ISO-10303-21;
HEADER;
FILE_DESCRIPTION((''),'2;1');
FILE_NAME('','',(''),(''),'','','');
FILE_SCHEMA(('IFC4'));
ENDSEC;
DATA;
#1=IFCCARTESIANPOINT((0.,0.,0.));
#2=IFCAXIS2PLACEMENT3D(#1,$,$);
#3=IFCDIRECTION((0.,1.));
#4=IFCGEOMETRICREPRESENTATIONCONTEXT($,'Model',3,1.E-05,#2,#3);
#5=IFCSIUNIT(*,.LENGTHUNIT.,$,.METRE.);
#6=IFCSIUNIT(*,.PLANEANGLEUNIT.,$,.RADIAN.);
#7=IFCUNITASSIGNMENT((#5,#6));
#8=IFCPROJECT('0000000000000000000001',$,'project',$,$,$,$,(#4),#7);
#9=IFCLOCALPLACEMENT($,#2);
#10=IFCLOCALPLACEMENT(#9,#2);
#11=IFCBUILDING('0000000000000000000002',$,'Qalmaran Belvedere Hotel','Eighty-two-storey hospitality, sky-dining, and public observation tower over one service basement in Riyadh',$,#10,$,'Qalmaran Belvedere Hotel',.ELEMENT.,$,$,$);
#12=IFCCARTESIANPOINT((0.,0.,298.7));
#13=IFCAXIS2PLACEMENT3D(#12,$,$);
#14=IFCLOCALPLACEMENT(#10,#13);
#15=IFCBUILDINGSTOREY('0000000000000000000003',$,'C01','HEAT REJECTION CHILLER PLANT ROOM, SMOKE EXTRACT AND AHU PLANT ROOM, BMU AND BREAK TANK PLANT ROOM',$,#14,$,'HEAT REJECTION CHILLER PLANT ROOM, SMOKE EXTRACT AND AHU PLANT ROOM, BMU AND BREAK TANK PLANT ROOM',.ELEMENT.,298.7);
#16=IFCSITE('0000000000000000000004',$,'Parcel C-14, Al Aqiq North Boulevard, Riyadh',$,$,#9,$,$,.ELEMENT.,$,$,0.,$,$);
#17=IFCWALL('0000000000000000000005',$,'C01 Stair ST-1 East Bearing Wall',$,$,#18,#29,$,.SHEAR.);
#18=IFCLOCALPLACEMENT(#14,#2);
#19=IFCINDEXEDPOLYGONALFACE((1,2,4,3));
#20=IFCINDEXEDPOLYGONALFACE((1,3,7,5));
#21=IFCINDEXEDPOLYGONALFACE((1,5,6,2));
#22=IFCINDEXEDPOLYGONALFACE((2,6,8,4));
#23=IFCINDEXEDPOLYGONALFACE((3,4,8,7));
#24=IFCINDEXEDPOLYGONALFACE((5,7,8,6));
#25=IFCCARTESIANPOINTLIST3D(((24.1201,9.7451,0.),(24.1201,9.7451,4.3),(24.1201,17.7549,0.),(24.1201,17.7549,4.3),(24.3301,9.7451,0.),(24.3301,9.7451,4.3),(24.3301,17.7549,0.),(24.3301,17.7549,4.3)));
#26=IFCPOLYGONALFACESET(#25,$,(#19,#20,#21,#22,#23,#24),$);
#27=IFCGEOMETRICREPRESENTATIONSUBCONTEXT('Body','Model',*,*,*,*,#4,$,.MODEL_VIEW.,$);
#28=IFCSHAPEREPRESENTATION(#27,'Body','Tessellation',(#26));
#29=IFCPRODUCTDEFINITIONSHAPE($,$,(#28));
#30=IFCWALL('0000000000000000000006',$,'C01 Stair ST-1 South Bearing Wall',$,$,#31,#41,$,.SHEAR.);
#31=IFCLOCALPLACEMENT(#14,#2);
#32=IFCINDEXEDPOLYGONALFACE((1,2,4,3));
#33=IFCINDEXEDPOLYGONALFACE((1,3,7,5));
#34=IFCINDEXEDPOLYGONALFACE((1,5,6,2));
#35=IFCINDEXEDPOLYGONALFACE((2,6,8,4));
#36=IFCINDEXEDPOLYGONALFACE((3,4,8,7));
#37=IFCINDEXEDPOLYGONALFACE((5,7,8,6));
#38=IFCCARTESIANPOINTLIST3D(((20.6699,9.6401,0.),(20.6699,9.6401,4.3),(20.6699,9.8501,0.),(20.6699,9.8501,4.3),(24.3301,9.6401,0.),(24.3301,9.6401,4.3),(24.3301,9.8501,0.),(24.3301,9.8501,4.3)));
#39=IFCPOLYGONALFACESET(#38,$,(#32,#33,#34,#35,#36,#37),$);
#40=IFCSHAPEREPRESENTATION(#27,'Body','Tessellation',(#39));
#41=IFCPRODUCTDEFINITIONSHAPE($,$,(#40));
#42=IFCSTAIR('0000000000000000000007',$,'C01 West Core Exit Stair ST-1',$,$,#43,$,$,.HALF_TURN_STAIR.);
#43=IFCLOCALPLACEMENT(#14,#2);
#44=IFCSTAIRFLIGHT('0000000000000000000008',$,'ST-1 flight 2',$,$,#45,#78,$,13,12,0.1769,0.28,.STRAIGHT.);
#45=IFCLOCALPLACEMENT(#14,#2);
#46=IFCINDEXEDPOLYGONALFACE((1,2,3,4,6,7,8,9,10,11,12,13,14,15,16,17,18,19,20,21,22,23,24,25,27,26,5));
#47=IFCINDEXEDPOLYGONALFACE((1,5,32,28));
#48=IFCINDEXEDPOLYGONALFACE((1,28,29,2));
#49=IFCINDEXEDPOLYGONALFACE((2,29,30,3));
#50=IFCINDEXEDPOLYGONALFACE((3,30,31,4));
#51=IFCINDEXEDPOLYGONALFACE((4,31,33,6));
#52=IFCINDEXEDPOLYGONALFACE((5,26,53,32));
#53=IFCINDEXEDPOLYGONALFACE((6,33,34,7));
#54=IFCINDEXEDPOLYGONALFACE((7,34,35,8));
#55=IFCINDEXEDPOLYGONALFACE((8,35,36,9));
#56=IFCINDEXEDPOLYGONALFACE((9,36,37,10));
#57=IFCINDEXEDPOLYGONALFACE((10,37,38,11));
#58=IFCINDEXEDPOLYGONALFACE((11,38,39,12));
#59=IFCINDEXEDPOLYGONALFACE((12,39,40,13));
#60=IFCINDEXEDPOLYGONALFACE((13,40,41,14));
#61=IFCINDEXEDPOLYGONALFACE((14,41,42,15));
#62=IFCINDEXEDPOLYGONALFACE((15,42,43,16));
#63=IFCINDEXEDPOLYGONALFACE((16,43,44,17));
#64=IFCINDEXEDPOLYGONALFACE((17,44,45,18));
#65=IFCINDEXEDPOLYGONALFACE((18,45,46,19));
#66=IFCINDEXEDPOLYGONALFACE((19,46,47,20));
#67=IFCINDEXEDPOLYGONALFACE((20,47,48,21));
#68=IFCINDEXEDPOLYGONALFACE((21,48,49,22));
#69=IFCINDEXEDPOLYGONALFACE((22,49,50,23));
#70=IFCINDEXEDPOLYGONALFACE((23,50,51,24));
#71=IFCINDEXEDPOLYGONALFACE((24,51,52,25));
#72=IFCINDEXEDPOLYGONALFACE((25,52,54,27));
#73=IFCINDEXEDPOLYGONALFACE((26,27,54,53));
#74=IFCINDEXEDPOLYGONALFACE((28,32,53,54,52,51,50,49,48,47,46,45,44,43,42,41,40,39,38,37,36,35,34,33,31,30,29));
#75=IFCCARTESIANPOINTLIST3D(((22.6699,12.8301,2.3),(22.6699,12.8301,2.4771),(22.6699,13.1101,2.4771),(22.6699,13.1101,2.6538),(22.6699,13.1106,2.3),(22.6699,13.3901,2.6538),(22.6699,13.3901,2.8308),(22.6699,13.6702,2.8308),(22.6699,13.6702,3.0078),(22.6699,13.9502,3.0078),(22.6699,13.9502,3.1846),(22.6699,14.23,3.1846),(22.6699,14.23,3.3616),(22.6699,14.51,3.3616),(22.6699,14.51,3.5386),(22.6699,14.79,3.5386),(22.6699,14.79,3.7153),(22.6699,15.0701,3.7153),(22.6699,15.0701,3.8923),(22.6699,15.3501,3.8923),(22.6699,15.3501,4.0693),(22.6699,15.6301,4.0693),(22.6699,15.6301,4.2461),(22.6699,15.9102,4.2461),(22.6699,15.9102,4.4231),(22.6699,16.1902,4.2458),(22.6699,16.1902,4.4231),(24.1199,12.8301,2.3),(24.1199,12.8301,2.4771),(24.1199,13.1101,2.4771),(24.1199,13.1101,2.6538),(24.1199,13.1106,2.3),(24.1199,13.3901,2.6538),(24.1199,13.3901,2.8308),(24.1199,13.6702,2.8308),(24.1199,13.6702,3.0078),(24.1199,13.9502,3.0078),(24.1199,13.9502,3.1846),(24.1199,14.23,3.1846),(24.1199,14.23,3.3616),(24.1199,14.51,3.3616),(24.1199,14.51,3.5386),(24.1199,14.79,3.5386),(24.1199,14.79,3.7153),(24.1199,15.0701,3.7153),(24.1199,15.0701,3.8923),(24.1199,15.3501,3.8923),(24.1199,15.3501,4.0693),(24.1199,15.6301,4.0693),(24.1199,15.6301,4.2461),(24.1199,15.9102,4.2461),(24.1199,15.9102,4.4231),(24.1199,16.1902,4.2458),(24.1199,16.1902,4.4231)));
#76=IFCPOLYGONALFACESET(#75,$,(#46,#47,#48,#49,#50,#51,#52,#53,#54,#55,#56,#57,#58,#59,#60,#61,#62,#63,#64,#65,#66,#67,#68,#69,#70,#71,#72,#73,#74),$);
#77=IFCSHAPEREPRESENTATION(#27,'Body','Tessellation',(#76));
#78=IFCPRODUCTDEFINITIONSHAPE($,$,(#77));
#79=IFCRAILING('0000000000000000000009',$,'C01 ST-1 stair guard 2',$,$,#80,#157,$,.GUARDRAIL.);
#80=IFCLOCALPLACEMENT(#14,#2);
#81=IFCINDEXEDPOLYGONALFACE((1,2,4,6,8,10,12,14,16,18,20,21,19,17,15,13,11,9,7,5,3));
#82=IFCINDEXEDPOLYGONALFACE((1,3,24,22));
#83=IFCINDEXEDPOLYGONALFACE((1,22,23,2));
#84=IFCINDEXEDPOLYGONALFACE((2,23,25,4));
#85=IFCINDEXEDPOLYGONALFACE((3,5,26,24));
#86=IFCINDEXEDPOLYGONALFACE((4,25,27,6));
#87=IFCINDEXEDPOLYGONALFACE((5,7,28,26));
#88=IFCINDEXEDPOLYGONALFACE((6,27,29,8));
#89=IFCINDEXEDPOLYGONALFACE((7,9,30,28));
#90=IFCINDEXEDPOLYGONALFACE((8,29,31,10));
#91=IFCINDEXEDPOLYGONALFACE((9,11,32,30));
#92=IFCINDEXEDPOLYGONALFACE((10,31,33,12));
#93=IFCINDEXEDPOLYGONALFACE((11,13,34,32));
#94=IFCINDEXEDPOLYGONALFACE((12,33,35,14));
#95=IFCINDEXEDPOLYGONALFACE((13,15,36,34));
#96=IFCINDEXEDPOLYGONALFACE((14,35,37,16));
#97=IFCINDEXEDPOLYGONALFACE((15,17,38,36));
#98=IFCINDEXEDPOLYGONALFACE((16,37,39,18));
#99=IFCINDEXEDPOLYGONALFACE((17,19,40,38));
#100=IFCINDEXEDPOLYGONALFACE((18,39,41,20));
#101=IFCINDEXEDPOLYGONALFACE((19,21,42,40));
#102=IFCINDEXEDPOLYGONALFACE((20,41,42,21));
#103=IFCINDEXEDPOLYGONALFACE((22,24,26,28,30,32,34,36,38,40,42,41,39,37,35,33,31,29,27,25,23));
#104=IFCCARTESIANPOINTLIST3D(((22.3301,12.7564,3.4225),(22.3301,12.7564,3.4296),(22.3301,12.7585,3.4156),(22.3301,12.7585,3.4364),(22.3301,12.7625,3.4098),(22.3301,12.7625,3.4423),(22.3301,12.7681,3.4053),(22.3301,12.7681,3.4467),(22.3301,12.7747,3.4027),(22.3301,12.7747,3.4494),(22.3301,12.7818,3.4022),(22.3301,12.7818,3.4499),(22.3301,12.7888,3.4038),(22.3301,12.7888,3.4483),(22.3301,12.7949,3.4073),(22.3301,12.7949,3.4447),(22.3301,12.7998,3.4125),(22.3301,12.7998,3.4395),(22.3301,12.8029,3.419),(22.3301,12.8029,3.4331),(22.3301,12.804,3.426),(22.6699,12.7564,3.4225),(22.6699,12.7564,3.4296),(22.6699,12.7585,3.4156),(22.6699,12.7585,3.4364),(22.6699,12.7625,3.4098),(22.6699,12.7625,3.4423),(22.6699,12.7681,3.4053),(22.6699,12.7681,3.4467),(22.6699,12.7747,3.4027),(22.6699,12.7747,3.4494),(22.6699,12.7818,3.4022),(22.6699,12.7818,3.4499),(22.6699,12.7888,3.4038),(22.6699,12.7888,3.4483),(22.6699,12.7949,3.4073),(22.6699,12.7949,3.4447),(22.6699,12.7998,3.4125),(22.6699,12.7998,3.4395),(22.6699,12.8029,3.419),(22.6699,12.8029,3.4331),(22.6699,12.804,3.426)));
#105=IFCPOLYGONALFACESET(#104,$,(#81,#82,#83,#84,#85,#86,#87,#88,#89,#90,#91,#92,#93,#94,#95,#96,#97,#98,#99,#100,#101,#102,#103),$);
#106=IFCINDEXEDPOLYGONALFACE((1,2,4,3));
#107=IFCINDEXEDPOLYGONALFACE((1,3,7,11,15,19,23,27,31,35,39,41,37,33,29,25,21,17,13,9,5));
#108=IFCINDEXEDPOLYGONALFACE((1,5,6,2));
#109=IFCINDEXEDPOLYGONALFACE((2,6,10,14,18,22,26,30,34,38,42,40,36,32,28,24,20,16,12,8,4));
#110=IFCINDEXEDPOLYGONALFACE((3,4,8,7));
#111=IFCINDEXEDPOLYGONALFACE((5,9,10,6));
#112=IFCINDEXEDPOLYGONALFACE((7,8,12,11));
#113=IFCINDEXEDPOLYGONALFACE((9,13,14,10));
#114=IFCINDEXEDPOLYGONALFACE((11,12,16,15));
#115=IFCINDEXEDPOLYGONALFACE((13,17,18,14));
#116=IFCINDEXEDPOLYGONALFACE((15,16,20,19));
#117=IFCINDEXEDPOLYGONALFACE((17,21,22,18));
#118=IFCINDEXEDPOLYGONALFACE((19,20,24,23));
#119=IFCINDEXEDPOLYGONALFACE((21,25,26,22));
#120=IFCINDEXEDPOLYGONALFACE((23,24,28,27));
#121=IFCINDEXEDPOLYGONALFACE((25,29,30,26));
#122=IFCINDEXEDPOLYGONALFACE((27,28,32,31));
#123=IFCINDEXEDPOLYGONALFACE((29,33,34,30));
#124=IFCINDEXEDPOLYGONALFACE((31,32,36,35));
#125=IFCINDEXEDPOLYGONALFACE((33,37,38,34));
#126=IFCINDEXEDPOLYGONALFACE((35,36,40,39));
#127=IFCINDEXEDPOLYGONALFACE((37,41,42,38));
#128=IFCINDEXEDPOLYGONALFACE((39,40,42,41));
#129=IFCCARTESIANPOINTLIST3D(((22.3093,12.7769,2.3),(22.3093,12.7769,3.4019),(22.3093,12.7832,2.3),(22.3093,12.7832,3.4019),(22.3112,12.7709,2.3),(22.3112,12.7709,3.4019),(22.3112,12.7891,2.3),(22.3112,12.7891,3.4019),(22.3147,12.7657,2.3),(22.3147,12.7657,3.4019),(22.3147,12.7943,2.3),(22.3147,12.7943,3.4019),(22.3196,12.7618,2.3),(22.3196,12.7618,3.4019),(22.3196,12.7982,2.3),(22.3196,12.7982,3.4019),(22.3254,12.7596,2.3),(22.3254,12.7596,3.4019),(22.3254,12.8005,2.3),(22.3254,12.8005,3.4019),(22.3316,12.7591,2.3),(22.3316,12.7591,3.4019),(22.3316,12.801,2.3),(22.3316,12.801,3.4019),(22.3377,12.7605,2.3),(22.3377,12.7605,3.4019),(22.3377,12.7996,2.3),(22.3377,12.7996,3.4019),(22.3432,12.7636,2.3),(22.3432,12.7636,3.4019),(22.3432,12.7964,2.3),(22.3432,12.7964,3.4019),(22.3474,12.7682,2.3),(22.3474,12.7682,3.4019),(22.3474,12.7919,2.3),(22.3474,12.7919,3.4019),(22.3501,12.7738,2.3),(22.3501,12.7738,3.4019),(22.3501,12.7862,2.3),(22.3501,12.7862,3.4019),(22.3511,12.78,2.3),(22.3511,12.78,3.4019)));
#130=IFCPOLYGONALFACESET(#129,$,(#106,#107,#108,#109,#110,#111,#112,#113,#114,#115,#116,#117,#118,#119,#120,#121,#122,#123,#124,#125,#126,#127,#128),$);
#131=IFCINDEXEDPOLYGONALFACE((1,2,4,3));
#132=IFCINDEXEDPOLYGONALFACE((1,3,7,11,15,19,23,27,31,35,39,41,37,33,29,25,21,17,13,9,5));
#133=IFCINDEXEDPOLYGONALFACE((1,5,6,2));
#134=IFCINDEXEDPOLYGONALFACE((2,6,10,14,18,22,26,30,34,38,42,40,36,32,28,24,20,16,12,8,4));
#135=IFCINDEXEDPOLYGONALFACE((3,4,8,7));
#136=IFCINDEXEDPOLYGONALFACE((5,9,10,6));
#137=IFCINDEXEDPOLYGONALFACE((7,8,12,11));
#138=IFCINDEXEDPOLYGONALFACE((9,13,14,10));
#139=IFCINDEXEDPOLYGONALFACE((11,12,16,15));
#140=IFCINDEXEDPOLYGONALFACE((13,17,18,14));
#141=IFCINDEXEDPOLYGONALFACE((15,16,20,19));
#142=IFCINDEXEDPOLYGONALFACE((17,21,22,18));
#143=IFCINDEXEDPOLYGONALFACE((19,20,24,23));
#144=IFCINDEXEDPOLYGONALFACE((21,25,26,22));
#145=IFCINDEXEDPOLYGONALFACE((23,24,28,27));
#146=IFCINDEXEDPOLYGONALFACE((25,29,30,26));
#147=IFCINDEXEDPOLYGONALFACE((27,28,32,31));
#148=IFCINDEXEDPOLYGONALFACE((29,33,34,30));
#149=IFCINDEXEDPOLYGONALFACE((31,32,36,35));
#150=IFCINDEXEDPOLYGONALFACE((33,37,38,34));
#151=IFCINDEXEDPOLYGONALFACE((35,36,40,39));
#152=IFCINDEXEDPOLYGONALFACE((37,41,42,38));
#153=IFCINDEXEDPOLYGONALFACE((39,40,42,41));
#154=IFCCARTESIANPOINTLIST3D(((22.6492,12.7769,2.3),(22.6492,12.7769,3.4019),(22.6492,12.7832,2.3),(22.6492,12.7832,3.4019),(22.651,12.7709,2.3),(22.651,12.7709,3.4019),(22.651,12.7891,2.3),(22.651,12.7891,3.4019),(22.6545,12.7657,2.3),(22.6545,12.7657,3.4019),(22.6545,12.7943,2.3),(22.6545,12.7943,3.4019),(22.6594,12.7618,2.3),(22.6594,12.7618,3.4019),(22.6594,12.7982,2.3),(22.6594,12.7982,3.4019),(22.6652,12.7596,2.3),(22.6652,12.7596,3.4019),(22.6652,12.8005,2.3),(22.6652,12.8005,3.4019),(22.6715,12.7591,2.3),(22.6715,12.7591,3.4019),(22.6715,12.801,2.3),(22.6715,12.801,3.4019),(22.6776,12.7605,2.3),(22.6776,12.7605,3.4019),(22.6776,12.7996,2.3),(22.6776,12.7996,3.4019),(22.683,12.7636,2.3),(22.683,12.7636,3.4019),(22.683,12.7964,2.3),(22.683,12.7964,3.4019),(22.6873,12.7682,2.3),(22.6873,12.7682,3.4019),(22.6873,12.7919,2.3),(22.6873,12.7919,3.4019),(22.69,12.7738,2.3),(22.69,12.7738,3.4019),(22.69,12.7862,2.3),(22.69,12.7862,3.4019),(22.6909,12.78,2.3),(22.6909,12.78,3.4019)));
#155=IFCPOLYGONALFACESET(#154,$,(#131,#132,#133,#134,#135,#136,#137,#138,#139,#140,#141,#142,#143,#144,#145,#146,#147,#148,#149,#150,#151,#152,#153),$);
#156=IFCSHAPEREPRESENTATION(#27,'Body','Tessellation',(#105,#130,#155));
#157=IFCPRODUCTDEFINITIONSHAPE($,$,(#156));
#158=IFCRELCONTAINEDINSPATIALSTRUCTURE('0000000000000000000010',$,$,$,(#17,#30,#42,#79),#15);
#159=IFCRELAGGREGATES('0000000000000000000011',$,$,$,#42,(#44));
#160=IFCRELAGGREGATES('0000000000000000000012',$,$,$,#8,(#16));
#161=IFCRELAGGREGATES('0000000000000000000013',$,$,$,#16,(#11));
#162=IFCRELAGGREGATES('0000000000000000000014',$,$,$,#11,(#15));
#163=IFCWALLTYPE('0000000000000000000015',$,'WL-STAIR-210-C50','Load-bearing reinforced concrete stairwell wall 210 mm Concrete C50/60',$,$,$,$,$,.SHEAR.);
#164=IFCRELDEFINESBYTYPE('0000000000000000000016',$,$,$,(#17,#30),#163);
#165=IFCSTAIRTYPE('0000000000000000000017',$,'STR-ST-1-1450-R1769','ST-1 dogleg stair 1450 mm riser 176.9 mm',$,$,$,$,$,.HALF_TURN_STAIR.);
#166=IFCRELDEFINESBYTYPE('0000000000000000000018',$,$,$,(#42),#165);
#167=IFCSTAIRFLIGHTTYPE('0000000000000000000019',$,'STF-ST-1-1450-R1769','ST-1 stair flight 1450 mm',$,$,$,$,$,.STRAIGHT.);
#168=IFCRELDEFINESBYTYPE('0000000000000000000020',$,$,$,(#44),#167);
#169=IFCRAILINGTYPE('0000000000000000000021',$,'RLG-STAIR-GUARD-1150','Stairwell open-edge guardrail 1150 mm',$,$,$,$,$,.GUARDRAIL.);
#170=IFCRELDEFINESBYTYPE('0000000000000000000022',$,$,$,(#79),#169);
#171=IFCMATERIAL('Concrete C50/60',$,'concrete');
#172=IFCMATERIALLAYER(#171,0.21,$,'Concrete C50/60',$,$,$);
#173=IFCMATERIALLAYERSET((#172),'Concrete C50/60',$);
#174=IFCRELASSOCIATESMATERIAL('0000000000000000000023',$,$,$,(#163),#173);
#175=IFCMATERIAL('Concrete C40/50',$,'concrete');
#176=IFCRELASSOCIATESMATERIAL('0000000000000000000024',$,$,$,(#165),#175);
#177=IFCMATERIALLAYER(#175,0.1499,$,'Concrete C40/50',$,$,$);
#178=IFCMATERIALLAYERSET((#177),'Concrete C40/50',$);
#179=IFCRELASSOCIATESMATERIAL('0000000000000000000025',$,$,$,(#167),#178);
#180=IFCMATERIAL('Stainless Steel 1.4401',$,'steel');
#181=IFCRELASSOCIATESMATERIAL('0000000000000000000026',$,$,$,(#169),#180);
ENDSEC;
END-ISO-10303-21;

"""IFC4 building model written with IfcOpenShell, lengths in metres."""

from ifc_helpers import new_model, si_unit, direction, frame, frame_2d, origin, origin_2d, place, context, subcontext, project, spatial, polyline, rectangle, circle, outline, extrude, material, layer, layer_set, type_object, element, aggregate, save


model = new_model("IFC4")

# Units and contexts
model_context = context("Model", 3, precision=1e-05, world=origin(), true_north=direction((0.0, 1.0)))
body_context = subcontext(model_context, "Body", "Model", "MODEL_VIEW")
ifc_project = project(units=[si_unit("LENGTHUNIT", "METRE"), si_unit("PLANEANGLEUNIT", "RADIAN")], contexts=[model_context])

# Site, building, storey
site_placement = place(None, origin())
site = spatial("IfcSite", under=ifc_project, at=site_placement, Name="Parcel C-14, Al Aqiq North Boulevard, Riyadh", CompositionType="ELEMENT", RefElevation=0.0)
building_placement = place(site_placement, origin())
building = spatial("IfcBuilding", under=site, at=building_placement, Name="Qalmaran Belvedere Hotel", Description="Eighty-two-storey hospitality, sky-dining, and public observation tower over one service basement in Riyadh", LongName="Qalmaran Belvedere Hotel", CompositionType="ELEMENT")
storey_placement = place(building_placement, frame((0.0, 0.0, 298.7)))
storey = spatial("IfcBuildingStorey", under=building, at=storey_placement, Name="C01", Description="HEAT REJECTION CHILLER PLANT ROOM, SMOKE EXTRACT AND AHU PLANT ROOM, BMU AND BREAK TANK PLANT ROOM", LongName="HEAT REJECTION CHILLER PLANT ROOM, SMOKE EXTRACT AND AHU PLANT ROOM, BMU AND BREAK TANK PLANT ROOM", CompositionType="ELEMENT", Elevation=298.7)

# Shared definitions
ifc_material_1 = material(Name="Concrete C50/60", Category="concrete")

# Walls
ifc_layer_1 = layer(ifc_material_1, 0.21, Name="Concrete C50/60")
ifc_layer_set_1 = layer_set([ifc_layer_1], Name="Concrete C50/60")
wall_type_1 = type_object("IfcWallType", Name="WL-STAIR-210-C50", Description="Load-bearing reinforced concrete stairwell wall 210 mm Concrete C50/60", PredefinedType="SHEAR", material=ifc_layer_set_1)
for number, where, z_axis, x_axis, name in (
    (1, (24.2251, 9.7451, 0.0), (0.0, 0.0, 1.0), (0.0, 1.0, 0.0), "C01 Stair ST-1 East Bearing Wall"),
):
    element("IfcWall", number, at=place(storey_placement, frame(where, z_axis=z_axis, x_axis=x_axis)), inside=storey, type_object=wall_type_1, Name=name, PredefinedType="SHEAR", context=body_context, shape_type="SweptSolid", body=[
        extrude(rectangle(XDim=8.0098, YDim=0.21, at=frame_2d((4.0049, 0.0))), origin(), (0.0, 0.0, 1.0), 4.3),
    ])
wall_1_placement = place(storey_placement, frame((20.6699, 9.7451, 0.0), z_axis=(0.0, 0.0, 1.0), x_axis=(1.0, 0.0, 0.0)))
element("IfcWall", 2, at=wall_1_placement, inside=storey, type_object=wall_type_1, Name="C01 Stair ST-1 South Bearing Wall", PredefinedType="SHEAR", context=body_context, shape_type="SweptSolid", body=[
    extrude(rectangle(XDim=3.6602, YDim=0.21, at=frame_2d((1.8301, 0.0))), origin(), (0.0, 0.0, 1.0), 4.3),
])

# Stair, stair flight
ifc_material_2 = material(Name="Concrete C40/50", Category="concrete")
stair_type = type_object("IfcStairType", Name="STR-ST-1-1450-R1769", Description="ST-1 dogleg stair 1450 mm riser 176.9 mm", PredefinedType="HALF_TURN_STAIR", material=ifc_material_2)
stair_placement = place(storey_placement, origin())
stair = element("IfcStair", 3, at=stair_placement, inside=storey, type_object=stair_type, Name="C01 West Core Exit Stair ST-1", PredefinedType="HALF_TURN_STAIR")
ifc_layer_2 = layer(ifc_material_2, 0.1499, Name="Concrete C40/50")
ifc_layer_set_2 = layer_set([ifc_layer_2], Name="Concrete C40/50")
stair_flight_type = type_object("IfcStairFlightType", Name="STF-ST-1-1450-R1769", Description="ST-1 stair flight 1450 mm", PredefinedType="STRAIGHT", material=ifc_layer_set_2)
stair_flight_placement = place(storey_placement, frame((23.395, 12.8301, 2.3), z_axis=(0.0, 0.0, 1.0), x_axis=(0.0, 1.0, 0.0)))
stair_flight = element("IfcStairFlight", 4, at=stair_flight_placement, type_object=stair_flight_type, Name="ST-1 flight 2", NumberOfRisers=13, NumberOfTreads=12, PredefinedType="STRAIGHT", RiserHeight=0.1769, TreadLength=0.28, context=body_context, shape_type="SweptSolid", body=[
    extrude(outline(polyline([(0.0, 0.0), (0.0, 0.177), (0.28, 0.177), (0.28, 0.3538), (0.5601, 0.3538), (0.5601, 0.5308), (0.8401, 0.5308), (0.8401, 0.7078), (1.1201, 0.7078), (1.1201, 0.8845), (1.3999, 0.8845), (1.3999, 1.0615), (1.6799, 1.0615), (1.6799, 1.2385), (1.96, 1.2385), (1.96, 1.4153), (2.24, 1.4153), (2.24, 1.5923), (2.52, 1.5923), (2.52, 1.7693), (2.8, 1.7693), (2.8, 1.946), (3.0801, 1.946), (3.0801, 2.123), (3.3601, 2.123), (3.3601, 2.3), (3.3601, 1.9458), (0.2805, 0.0), (0.0, 0.0)])), frame((0.0, 0.7251, 0.0), z_axis=(0.0, -1.0, 0.0), x_axis=(1.0, 0.0, 0.0)), (0.0, 0.0, 1.0), 1.45),
])
aggregate(stair, [stair_flight])

# Railing
ifc_material_3 = material(Name="Stainless Steel 1.4401", Category="steel")
railing_type_1 = type_object("IfcRailingType", Name="RLG-STAIR-GUARD-1150", Description="Stairwell open-edge guardrail 1150 mm", PredefinedType="GUARDRAIL", material=ifc_material_3)
railing_1_placement = place(storey_placement, frame((22.3301, 12.78, 2.3)))
element("IfcRailing", 5, at=railing_1_placement, inside=storey, type_object=railing_type_1, Name="C01 ST-1 stair guard 2", PredefinedType="GUARDRAIL", context=body_context, shape_type="SweptSolid", body=[
    extrude(circle(Radius=0.0239, at=origin_2d()), frame((0.0, 0.0, 1.126), z_axis=(1.0, 0.0, 0.0), x_axis=(0.0, 1.0, 0.0)), (0.0, 0.0, 1.0), 0.3398),
    extrude(circle(Radius=0.021, at=origin_2d()), origin(), (0.0, 0.0, 1.0), 1.1018),
    extrude(circle(Radius=0.021, at=origin_2d()), frame((0.3398, 0.0, 0.0)), (0.0, 0.0, 1.0), 1.1018),
])

save(model, "model.ifc")
